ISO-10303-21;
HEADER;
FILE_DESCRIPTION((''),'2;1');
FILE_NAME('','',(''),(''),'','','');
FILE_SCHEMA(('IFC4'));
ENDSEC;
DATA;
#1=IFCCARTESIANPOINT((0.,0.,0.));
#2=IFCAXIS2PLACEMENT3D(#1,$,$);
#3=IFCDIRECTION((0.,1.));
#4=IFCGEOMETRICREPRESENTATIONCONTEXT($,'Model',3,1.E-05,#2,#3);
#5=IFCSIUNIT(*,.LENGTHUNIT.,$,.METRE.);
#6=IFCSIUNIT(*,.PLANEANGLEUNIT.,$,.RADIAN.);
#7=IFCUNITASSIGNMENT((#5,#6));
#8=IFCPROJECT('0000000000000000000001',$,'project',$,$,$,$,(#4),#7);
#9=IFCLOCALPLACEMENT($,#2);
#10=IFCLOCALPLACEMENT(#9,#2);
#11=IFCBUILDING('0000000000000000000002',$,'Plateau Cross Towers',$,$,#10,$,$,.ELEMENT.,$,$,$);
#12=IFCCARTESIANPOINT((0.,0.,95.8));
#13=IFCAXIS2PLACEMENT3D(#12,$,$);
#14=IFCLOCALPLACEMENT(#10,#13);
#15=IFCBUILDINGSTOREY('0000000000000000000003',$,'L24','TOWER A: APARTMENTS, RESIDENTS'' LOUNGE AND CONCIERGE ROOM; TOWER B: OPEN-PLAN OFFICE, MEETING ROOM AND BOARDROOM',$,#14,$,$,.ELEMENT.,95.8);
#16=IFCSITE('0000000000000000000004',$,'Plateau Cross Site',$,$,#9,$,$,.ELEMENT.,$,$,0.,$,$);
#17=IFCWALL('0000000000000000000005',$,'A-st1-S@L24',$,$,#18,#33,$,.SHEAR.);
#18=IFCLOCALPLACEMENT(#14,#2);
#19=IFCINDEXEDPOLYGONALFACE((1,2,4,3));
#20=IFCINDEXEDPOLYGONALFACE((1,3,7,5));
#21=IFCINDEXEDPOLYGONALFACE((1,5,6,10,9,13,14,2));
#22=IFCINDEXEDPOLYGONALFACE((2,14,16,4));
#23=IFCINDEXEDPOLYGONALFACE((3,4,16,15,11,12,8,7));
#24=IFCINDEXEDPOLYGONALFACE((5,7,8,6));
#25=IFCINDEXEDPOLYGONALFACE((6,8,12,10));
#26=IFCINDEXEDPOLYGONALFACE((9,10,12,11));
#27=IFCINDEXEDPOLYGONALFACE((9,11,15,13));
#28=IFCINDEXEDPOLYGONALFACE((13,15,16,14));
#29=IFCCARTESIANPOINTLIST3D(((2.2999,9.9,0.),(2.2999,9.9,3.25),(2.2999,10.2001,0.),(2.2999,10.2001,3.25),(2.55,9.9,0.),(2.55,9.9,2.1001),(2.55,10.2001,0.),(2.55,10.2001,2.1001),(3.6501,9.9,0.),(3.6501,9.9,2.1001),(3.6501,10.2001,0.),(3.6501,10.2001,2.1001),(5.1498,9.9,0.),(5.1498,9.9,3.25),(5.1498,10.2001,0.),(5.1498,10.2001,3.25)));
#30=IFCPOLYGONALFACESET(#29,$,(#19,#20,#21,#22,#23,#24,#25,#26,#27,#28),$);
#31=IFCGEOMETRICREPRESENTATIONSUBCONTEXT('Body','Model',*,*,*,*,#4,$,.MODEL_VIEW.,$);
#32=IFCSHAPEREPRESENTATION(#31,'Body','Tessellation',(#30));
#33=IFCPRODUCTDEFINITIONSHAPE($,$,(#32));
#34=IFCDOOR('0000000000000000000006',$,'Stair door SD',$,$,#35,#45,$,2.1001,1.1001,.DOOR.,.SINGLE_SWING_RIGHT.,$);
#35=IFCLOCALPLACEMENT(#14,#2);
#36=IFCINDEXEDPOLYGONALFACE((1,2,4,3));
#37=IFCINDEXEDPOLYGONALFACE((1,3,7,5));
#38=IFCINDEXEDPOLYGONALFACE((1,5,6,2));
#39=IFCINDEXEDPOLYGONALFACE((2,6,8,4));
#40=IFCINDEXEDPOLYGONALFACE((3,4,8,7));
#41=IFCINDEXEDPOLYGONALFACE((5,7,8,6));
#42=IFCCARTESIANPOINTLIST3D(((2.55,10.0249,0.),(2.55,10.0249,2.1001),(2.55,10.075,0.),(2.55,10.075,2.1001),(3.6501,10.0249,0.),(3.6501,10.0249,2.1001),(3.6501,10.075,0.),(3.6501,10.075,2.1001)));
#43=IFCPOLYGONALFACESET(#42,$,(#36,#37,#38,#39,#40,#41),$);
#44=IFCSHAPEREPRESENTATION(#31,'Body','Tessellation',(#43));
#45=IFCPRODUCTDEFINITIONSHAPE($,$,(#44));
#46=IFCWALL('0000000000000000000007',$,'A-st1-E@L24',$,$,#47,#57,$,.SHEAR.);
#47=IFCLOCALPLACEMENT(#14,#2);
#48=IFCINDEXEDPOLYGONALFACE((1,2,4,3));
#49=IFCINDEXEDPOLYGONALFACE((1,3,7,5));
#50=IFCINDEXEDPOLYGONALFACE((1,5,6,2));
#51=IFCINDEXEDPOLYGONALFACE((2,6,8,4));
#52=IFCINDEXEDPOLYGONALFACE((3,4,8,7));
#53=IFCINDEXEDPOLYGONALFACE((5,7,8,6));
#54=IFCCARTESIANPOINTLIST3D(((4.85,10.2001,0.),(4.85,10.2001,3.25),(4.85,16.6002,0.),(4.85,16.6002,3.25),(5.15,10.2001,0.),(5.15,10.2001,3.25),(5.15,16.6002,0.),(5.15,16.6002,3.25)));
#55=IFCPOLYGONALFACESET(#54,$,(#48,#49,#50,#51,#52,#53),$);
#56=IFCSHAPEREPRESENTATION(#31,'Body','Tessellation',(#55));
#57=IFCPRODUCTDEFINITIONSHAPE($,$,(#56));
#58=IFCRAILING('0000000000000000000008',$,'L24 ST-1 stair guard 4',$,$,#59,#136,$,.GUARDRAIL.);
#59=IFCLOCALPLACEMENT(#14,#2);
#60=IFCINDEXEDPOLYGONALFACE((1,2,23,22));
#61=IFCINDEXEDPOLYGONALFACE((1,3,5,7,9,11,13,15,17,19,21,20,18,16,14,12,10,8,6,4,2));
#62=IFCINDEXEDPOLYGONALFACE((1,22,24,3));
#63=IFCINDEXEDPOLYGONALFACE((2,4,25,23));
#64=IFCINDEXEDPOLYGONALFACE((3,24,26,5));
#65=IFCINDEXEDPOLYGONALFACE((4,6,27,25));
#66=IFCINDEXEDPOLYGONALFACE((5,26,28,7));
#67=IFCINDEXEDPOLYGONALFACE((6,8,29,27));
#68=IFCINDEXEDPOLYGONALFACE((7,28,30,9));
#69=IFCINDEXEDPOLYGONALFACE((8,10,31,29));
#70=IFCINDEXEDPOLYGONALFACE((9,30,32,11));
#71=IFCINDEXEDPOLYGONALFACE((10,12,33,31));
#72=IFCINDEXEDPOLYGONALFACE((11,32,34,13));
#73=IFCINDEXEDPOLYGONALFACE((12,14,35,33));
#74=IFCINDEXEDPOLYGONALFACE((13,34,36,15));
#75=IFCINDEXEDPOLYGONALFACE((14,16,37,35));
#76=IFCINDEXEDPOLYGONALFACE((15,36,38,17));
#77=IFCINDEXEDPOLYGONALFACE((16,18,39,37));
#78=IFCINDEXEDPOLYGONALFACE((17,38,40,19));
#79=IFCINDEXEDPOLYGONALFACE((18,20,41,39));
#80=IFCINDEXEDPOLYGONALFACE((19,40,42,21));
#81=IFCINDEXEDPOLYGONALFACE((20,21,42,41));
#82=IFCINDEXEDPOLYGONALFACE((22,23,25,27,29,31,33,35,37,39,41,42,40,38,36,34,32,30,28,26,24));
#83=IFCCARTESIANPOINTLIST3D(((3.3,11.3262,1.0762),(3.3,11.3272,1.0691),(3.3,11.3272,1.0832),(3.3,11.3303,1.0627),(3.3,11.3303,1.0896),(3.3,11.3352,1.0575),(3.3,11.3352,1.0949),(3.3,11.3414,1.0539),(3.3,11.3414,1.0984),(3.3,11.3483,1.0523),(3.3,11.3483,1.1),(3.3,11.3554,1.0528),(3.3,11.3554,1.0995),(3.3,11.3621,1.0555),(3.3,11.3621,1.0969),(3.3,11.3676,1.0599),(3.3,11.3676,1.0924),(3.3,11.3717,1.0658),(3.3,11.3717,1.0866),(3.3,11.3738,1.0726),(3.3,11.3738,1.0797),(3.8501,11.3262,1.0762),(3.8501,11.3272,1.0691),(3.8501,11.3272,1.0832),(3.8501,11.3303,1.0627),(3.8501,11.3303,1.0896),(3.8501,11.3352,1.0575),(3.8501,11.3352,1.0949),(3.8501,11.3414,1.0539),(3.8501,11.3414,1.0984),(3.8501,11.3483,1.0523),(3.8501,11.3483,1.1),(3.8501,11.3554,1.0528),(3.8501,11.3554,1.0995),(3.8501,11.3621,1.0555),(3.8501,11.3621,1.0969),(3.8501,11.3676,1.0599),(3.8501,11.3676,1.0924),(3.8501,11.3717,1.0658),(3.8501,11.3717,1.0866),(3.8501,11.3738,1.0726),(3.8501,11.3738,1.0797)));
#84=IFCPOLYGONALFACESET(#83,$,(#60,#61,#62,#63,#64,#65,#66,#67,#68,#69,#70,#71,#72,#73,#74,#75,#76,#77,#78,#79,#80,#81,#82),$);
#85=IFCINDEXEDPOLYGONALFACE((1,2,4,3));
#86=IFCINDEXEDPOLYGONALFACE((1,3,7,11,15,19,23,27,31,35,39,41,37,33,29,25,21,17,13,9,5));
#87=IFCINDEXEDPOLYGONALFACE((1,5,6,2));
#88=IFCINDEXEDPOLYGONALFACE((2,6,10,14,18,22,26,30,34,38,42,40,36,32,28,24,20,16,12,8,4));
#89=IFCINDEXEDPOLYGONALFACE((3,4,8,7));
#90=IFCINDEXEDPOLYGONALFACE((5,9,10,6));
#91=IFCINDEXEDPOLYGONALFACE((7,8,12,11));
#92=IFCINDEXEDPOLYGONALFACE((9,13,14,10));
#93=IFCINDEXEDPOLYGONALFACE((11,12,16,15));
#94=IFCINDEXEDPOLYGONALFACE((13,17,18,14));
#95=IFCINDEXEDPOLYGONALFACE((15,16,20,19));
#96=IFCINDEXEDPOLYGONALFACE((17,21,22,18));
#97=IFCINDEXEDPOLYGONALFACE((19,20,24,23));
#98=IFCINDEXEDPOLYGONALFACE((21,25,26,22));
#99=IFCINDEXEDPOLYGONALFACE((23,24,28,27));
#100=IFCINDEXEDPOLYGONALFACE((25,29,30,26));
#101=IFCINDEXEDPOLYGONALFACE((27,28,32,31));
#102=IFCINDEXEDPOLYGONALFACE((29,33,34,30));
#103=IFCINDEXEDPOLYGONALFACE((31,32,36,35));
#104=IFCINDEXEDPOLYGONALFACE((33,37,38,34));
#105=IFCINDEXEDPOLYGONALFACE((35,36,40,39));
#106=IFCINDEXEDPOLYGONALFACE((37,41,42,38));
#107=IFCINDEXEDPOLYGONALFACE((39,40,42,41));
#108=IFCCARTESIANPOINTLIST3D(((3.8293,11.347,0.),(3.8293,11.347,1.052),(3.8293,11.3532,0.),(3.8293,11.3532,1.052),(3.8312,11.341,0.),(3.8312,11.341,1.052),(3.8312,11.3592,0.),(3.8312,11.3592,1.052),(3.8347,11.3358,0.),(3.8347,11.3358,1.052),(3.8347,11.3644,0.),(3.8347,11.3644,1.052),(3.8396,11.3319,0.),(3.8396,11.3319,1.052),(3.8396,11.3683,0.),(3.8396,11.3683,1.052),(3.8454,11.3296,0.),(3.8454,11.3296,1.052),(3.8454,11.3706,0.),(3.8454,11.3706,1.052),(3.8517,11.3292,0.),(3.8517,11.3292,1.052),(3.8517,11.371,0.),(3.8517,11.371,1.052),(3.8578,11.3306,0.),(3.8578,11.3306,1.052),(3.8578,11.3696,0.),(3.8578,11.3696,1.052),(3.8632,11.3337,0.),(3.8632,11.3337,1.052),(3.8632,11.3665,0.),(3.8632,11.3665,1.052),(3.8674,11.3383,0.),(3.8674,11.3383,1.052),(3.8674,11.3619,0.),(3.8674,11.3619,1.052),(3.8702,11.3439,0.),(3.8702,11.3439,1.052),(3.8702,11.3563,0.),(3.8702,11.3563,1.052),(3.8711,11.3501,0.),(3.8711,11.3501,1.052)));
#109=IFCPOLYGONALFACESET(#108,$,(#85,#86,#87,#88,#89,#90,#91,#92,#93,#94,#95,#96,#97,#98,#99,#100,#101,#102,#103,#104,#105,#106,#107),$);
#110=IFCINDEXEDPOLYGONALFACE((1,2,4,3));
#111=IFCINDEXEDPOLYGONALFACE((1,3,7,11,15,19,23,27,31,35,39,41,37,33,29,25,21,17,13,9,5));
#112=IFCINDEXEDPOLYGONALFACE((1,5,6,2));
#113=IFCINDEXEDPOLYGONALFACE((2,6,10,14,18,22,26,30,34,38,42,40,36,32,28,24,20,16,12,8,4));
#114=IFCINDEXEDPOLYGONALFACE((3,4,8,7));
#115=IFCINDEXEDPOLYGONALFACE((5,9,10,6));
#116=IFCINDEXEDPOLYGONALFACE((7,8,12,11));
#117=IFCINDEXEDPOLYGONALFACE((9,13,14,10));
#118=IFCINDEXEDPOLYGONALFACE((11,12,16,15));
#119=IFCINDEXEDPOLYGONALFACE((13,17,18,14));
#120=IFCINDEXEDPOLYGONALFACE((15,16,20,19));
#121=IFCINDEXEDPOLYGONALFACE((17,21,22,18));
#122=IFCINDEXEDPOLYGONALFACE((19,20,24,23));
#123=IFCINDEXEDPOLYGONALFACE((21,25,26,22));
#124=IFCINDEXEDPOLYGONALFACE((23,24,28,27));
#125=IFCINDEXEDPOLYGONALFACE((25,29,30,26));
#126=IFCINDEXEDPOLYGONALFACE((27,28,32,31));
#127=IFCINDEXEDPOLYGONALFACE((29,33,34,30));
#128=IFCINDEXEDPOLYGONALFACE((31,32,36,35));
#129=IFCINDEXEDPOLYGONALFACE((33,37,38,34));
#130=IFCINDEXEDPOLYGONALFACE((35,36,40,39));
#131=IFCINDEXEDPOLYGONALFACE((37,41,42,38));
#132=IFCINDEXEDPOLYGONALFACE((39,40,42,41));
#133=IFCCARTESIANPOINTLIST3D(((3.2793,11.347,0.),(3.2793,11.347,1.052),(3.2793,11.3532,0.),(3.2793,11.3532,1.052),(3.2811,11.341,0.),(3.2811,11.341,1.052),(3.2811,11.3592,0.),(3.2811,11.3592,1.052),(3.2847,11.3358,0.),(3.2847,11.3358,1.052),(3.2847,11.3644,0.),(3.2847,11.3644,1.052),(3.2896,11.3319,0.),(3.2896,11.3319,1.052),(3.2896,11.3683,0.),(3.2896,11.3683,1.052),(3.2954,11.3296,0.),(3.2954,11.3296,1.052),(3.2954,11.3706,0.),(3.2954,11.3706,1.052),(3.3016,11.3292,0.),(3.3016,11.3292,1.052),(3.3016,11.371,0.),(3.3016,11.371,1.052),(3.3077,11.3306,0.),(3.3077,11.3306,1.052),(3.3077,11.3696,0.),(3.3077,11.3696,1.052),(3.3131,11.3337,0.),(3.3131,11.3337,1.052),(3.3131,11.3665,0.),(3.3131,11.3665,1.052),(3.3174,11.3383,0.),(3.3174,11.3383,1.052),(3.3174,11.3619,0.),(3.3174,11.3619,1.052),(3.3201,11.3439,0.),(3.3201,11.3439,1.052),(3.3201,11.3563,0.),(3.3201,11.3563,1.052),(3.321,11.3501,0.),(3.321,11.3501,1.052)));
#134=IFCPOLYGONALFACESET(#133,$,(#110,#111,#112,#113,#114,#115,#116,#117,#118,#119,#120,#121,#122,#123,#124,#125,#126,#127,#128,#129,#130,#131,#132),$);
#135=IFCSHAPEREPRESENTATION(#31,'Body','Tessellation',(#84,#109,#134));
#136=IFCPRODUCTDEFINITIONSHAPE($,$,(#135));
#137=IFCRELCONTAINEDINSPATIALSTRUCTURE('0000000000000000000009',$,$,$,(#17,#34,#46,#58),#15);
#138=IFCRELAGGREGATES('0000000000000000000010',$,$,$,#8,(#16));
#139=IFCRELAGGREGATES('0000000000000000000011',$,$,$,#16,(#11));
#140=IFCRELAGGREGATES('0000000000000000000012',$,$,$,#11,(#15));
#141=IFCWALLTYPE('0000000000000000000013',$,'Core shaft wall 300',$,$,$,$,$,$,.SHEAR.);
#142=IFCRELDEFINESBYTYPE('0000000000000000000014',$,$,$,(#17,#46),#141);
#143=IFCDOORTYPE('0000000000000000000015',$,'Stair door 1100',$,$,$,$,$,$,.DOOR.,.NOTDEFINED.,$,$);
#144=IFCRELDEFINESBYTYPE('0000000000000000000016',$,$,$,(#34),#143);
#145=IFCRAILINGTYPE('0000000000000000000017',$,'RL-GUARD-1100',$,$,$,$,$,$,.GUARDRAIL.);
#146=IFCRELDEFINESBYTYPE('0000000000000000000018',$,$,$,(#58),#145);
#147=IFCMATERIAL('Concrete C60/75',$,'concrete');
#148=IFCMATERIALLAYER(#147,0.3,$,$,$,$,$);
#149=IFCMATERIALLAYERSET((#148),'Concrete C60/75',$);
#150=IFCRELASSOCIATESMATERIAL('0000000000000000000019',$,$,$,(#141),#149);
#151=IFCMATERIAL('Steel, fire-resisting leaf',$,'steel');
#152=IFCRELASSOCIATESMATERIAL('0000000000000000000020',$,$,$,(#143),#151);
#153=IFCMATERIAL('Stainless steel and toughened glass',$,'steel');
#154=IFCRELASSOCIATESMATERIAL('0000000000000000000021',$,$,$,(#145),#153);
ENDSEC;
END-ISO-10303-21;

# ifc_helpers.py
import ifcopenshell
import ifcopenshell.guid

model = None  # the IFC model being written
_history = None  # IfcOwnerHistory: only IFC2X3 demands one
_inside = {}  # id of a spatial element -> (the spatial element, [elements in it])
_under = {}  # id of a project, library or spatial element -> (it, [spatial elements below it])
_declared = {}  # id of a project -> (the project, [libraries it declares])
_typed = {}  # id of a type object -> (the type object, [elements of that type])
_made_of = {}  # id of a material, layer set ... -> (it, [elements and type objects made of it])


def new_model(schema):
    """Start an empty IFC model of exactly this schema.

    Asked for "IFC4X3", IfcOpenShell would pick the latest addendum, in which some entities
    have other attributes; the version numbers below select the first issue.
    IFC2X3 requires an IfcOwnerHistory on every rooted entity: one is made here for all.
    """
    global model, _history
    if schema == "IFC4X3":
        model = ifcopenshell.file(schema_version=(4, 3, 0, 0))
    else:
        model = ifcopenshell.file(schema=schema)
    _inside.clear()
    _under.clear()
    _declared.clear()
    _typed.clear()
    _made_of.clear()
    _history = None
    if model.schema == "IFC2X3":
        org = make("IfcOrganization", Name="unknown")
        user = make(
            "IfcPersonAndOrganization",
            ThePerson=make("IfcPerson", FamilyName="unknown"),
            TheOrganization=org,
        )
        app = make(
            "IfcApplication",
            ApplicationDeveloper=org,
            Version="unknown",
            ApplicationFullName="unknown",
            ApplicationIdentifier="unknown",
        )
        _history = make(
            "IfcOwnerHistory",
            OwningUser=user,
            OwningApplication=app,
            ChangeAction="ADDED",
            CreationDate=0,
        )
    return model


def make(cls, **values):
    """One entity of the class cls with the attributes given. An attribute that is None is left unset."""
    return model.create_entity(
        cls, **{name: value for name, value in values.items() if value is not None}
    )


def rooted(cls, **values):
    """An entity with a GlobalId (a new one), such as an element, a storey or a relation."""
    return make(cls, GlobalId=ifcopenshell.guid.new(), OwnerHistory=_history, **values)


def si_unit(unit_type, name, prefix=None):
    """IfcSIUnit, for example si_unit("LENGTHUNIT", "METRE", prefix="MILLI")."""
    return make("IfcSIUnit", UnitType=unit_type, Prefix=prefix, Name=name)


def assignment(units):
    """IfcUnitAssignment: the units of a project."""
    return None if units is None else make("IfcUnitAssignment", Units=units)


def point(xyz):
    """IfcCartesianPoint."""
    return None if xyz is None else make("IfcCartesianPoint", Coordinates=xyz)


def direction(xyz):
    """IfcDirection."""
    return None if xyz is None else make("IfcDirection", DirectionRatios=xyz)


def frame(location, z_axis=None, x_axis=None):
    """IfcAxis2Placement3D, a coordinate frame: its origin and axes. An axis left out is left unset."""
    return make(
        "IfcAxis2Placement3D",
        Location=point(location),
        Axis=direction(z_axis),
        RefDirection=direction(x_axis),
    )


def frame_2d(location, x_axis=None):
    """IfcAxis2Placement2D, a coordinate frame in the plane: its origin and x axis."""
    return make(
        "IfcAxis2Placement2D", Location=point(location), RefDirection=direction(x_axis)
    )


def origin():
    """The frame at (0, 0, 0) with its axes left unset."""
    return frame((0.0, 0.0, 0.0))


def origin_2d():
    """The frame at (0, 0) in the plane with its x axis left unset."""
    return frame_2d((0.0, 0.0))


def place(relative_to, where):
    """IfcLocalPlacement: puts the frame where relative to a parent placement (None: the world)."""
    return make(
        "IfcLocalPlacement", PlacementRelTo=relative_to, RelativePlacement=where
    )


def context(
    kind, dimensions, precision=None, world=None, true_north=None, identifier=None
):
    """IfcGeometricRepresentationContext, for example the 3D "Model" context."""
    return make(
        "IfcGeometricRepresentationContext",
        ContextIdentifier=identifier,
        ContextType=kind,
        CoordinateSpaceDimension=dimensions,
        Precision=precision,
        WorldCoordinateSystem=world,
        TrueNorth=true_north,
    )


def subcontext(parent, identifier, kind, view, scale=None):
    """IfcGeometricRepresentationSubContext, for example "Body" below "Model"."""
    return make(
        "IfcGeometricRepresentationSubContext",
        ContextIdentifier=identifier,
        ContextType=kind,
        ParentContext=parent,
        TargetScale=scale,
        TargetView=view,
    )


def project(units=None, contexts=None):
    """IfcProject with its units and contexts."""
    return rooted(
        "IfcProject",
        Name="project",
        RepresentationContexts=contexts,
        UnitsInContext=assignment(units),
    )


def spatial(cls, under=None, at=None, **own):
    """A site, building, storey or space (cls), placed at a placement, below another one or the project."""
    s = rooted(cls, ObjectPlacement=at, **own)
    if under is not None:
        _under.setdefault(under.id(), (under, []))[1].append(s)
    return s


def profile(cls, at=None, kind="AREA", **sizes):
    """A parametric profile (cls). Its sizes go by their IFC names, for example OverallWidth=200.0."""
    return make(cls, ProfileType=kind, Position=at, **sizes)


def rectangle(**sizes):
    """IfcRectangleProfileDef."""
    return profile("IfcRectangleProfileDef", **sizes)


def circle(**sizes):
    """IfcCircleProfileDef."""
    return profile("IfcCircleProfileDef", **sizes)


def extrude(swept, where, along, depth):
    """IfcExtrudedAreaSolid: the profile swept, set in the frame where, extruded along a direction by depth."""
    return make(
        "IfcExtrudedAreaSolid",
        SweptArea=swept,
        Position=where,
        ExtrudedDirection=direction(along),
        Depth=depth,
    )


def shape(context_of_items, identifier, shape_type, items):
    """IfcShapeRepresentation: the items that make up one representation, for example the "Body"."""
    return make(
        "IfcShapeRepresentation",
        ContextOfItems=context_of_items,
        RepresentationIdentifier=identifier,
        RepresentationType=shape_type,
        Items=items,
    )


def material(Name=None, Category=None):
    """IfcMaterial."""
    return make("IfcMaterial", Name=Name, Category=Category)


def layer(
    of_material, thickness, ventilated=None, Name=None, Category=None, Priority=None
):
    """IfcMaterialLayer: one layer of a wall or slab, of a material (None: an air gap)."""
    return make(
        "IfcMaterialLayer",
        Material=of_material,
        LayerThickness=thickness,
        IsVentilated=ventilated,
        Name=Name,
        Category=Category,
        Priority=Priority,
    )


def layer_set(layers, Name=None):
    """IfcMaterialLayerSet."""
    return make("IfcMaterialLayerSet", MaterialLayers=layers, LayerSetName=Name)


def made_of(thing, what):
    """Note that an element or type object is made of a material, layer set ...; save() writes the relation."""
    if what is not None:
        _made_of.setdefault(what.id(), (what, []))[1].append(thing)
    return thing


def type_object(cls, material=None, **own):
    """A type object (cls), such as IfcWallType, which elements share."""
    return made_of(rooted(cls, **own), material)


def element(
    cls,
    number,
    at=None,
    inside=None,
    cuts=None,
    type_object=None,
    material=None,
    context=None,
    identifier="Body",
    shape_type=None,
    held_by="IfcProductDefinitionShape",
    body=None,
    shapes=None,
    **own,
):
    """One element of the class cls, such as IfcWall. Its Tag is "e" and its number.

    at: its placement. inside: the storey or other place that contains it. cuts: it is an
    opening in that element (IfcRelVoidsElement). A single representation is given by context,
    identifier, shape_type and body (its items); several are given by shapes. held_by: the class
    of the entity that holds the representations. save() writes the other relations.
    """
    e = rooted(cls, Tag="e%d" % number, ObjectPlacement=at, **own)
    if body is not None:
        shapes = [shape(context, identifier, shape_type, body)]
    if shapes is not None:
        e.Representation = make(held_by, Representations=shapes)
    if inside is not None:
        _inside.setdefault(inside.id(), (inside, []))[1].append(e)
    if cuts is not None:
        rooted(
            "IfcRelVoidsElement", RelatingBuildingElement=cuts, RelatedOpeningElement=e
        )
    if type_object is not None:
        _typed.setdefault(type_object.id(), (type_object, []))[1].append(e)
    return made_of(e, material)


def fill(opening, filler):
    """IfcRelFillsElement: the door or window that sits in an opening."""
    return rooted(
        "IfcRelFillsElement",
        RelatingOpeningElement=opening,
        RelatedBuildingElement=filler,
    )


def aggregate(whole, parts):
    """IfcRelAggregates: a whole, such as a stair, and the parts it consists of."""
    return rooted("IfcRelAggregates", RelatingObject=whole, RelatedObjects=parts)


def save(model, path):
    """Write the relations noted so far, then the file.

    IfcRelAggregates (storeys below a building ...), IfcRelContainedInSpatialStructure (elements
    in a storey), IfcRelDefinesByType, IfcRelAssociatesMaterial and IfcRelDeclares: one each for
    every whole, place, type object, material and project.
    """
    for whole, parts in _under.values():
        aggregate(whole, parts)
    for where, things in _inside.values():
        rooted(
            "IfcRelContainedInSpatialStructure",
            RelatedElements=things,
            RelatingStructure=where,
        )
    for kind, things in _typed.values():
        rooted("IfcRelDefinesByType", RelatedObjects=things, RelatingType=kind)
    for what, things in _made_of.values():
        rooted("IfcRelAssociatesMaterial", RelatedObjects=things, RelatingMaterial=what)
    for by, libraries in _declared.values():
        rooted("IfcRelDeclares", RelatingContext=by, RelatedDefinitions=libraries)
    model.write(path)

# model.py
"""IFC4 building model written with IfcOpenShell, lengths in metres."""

from ifc_helpers import new_model, si_unit, direction, frame, frame_2d, origin, origin_2d, place, context, subcontext, project, spatial, rectangle, circle, extrude, material, layer, layer_set, type_object, element, fill, save


model = new_model("IFC4")

# Units and contexts
model_context = context("Model", 3, precision=1e-05, world=origin(), true_north=direction((0.0, 1.0)))
body_context = subcontext(model_context, "Body", "Model", "MODEL_VIEW")
ifc_project = project(units=[si_unit("LENGTHUNIT", "METRE"), si_unit("PLANEANGLEUNIT", "RADIAN")], contexts=[model_context])

# Site, building, storey
site_placement = place(None, origin())
site = spatial("IfcSite", under=ifc_project, at=site_placement, Name="Plateau Cross Site", CompositionType="ELEMENT", RefElevation=0.0)
building_placement = place(site_placement, origin())
building = spatial("IfcBuilding", under=site, at=building_placement, Name="Plateau Cross Towers", CompositionType="ELEMENT")
storey_placement = place(building_placement, frame((0.0, 0.0, 95.8)))
storey = spatial("IfcBuildingStorey", under=building, at=storey_placement, Name="L24", Description="TOWER A: APARTMENTS, RESIDENTS' LOUNGE AND CONCIERGE ROOM; TOWER B: OPEN-PLAN OFFICE, MEETING ROOM AND BOARDROOM", CompositionType="ELEMENT", Elevation=95.8)

# Shared definitions
ifc_material_1 = material(Name="Steel, fire-resisting leaf", Category="steel")

# Shared definitions
ifc_material_2 = material(Name="Concrete C60/75", Category="concrete")
ifc_layer_1 = layer(ifc_material_2, 0.3)
ifc_layer_set_1 = layer_set([ifc_layer_1], Name="Concrete C60/75")
wall_type_1 = type_object("IfcWallType", Name="Core shaft wall 300", PredefinedType="SHEAR", material=ifc_layer_set_1)

# Shared definitions
door_type_1 = type_object("IfcDoorType", Name="Stair door 1100", OperationType="NOTDEFINED", PredefinedType="DOOR", material=ifc_material_1)

# Wall, opening, door
wall_1_placement = place(storey_placement, frame((2.3, 10.05, 0.0), z_axis=(0.0, 0.0, 1.0), x_axis=(1.0, 0.0, 0.0)))
wall_1 = element("IfcWall", 1, at=wall_1_placement, inside=storey, type_object=wall_type_1, Name="A-st1-S@L24", PredefinedType="SHEAR", context=body_context, shape_type="SweptSolid", body=[
    extrude(rectangle(XDim=2.8499, YDim=0.3, at=frame_2d((1.4248, 0.0))), origin(), (0.0, 0.0, 1.0), 3.25),
])
opening_1_placement = place(wall_1_placement, frame((0.25, 0.0, 0.0)))
opening_1 = element("IfcOpeningElement", 2, at=opening_1_placement, cuts=wall_1, PredefinedType="OPENING", context=body_context, shape_type="SweptSolid", body=[
    extrude(rectangle(XDim=1.1001, YDim=2.1001, at=frame_2d((0.55, 1.05))), frame((0.0, 0.1599, 0.0), z_axis=(0.0, -1.0, 0.0), x_axis=(1.0, 0.0, 0.0)), (0.0, 0.0, 1.0), 0.3201),
])
door_1_placement = place(opening_1_placement, origin())
door_1 = element("IfcDoor", 3, at=door_1_placement, inside=storey, type_object=door_type_1, Name="Stair door SD", OperationType="SINGLE_SWING_RIGHT", OverallHeight=2.1001, OverallWidth=1.1001, PredefinedType="DOOR", context=body_context, shape_type="SweptSolid", body=[
    extrude(rectangle(XDim=1.1001, YDim=2.1001, at=frame_2d((0.55, 1.05))), frame((0.0, 0.0249, 0.0), z_axis=(0.0, -1.0, 0.0), x_axis=(1.0, 0.0, 0.0)), (0.0, 0.0, 1.0), 0.05),
])
fill(opening_1, door_1)

# Wall
wall_2_placement = place(storey_placement, frame((5.0, 10.2, 0.0), z_axis=(0.0, 0.0, 1.0), x_axis=(0.0, 1.0, 0.0)))
element("IfcWall", 4, at=wall_2_placement, inside=storey, type_object=wall_type_1, Name="A-st1-E@L24", PredefinedType="SHEAR", context=body_context, shape_type="SweptSolid", body=[
    extrude(rectangle(XDim=6.4001, YDim=0.3, at=frame_2d((3.2002, 0.0))), origin(), (0.0, 0.0, 1.0), 3.25),
])

# Railing
ifc_material_3 = material(Name="Stainless steel and toughened glass", Category="steel")
railing_type = type_object("IfcRailingType", Name="RL-GUARD-1100", PredefinedType="GUARDRAIL", material=ifc_material_3)
railing_placement = place(storey_placement, frame((3.8501, 11.3501, 0.0)))
element("IfcRailing", 5, at=railing_placement, inside=storey, type_object=railing_type, Name="L24 ST-1 stair guard 4", PredefinedType="GUARDRAIL", context=body_context, shape_type="SweptSolid", body=[
    extrude(circle(Radius=0.0239, at=origin_2d()), frame((0.0, 0.0, 1.0762), z_axis=(-1.0, 0.0, 0.0), x_axis=(0.0, -1.0, 0.0)), (0.0, 0.0, 1.0), 0.55),
    extrude(circle(Radius=0.021, at=origin_2d()), origin(), (0.0, 0.0, 1.0), 1.052),
    extrude(circle(Radius=0.021, at=origin_2d()), frame((-0.55, 0.0, 0.0)), (0.0, 0.0, 1.0), 1.052),
])

save(model, "model.ifc")
